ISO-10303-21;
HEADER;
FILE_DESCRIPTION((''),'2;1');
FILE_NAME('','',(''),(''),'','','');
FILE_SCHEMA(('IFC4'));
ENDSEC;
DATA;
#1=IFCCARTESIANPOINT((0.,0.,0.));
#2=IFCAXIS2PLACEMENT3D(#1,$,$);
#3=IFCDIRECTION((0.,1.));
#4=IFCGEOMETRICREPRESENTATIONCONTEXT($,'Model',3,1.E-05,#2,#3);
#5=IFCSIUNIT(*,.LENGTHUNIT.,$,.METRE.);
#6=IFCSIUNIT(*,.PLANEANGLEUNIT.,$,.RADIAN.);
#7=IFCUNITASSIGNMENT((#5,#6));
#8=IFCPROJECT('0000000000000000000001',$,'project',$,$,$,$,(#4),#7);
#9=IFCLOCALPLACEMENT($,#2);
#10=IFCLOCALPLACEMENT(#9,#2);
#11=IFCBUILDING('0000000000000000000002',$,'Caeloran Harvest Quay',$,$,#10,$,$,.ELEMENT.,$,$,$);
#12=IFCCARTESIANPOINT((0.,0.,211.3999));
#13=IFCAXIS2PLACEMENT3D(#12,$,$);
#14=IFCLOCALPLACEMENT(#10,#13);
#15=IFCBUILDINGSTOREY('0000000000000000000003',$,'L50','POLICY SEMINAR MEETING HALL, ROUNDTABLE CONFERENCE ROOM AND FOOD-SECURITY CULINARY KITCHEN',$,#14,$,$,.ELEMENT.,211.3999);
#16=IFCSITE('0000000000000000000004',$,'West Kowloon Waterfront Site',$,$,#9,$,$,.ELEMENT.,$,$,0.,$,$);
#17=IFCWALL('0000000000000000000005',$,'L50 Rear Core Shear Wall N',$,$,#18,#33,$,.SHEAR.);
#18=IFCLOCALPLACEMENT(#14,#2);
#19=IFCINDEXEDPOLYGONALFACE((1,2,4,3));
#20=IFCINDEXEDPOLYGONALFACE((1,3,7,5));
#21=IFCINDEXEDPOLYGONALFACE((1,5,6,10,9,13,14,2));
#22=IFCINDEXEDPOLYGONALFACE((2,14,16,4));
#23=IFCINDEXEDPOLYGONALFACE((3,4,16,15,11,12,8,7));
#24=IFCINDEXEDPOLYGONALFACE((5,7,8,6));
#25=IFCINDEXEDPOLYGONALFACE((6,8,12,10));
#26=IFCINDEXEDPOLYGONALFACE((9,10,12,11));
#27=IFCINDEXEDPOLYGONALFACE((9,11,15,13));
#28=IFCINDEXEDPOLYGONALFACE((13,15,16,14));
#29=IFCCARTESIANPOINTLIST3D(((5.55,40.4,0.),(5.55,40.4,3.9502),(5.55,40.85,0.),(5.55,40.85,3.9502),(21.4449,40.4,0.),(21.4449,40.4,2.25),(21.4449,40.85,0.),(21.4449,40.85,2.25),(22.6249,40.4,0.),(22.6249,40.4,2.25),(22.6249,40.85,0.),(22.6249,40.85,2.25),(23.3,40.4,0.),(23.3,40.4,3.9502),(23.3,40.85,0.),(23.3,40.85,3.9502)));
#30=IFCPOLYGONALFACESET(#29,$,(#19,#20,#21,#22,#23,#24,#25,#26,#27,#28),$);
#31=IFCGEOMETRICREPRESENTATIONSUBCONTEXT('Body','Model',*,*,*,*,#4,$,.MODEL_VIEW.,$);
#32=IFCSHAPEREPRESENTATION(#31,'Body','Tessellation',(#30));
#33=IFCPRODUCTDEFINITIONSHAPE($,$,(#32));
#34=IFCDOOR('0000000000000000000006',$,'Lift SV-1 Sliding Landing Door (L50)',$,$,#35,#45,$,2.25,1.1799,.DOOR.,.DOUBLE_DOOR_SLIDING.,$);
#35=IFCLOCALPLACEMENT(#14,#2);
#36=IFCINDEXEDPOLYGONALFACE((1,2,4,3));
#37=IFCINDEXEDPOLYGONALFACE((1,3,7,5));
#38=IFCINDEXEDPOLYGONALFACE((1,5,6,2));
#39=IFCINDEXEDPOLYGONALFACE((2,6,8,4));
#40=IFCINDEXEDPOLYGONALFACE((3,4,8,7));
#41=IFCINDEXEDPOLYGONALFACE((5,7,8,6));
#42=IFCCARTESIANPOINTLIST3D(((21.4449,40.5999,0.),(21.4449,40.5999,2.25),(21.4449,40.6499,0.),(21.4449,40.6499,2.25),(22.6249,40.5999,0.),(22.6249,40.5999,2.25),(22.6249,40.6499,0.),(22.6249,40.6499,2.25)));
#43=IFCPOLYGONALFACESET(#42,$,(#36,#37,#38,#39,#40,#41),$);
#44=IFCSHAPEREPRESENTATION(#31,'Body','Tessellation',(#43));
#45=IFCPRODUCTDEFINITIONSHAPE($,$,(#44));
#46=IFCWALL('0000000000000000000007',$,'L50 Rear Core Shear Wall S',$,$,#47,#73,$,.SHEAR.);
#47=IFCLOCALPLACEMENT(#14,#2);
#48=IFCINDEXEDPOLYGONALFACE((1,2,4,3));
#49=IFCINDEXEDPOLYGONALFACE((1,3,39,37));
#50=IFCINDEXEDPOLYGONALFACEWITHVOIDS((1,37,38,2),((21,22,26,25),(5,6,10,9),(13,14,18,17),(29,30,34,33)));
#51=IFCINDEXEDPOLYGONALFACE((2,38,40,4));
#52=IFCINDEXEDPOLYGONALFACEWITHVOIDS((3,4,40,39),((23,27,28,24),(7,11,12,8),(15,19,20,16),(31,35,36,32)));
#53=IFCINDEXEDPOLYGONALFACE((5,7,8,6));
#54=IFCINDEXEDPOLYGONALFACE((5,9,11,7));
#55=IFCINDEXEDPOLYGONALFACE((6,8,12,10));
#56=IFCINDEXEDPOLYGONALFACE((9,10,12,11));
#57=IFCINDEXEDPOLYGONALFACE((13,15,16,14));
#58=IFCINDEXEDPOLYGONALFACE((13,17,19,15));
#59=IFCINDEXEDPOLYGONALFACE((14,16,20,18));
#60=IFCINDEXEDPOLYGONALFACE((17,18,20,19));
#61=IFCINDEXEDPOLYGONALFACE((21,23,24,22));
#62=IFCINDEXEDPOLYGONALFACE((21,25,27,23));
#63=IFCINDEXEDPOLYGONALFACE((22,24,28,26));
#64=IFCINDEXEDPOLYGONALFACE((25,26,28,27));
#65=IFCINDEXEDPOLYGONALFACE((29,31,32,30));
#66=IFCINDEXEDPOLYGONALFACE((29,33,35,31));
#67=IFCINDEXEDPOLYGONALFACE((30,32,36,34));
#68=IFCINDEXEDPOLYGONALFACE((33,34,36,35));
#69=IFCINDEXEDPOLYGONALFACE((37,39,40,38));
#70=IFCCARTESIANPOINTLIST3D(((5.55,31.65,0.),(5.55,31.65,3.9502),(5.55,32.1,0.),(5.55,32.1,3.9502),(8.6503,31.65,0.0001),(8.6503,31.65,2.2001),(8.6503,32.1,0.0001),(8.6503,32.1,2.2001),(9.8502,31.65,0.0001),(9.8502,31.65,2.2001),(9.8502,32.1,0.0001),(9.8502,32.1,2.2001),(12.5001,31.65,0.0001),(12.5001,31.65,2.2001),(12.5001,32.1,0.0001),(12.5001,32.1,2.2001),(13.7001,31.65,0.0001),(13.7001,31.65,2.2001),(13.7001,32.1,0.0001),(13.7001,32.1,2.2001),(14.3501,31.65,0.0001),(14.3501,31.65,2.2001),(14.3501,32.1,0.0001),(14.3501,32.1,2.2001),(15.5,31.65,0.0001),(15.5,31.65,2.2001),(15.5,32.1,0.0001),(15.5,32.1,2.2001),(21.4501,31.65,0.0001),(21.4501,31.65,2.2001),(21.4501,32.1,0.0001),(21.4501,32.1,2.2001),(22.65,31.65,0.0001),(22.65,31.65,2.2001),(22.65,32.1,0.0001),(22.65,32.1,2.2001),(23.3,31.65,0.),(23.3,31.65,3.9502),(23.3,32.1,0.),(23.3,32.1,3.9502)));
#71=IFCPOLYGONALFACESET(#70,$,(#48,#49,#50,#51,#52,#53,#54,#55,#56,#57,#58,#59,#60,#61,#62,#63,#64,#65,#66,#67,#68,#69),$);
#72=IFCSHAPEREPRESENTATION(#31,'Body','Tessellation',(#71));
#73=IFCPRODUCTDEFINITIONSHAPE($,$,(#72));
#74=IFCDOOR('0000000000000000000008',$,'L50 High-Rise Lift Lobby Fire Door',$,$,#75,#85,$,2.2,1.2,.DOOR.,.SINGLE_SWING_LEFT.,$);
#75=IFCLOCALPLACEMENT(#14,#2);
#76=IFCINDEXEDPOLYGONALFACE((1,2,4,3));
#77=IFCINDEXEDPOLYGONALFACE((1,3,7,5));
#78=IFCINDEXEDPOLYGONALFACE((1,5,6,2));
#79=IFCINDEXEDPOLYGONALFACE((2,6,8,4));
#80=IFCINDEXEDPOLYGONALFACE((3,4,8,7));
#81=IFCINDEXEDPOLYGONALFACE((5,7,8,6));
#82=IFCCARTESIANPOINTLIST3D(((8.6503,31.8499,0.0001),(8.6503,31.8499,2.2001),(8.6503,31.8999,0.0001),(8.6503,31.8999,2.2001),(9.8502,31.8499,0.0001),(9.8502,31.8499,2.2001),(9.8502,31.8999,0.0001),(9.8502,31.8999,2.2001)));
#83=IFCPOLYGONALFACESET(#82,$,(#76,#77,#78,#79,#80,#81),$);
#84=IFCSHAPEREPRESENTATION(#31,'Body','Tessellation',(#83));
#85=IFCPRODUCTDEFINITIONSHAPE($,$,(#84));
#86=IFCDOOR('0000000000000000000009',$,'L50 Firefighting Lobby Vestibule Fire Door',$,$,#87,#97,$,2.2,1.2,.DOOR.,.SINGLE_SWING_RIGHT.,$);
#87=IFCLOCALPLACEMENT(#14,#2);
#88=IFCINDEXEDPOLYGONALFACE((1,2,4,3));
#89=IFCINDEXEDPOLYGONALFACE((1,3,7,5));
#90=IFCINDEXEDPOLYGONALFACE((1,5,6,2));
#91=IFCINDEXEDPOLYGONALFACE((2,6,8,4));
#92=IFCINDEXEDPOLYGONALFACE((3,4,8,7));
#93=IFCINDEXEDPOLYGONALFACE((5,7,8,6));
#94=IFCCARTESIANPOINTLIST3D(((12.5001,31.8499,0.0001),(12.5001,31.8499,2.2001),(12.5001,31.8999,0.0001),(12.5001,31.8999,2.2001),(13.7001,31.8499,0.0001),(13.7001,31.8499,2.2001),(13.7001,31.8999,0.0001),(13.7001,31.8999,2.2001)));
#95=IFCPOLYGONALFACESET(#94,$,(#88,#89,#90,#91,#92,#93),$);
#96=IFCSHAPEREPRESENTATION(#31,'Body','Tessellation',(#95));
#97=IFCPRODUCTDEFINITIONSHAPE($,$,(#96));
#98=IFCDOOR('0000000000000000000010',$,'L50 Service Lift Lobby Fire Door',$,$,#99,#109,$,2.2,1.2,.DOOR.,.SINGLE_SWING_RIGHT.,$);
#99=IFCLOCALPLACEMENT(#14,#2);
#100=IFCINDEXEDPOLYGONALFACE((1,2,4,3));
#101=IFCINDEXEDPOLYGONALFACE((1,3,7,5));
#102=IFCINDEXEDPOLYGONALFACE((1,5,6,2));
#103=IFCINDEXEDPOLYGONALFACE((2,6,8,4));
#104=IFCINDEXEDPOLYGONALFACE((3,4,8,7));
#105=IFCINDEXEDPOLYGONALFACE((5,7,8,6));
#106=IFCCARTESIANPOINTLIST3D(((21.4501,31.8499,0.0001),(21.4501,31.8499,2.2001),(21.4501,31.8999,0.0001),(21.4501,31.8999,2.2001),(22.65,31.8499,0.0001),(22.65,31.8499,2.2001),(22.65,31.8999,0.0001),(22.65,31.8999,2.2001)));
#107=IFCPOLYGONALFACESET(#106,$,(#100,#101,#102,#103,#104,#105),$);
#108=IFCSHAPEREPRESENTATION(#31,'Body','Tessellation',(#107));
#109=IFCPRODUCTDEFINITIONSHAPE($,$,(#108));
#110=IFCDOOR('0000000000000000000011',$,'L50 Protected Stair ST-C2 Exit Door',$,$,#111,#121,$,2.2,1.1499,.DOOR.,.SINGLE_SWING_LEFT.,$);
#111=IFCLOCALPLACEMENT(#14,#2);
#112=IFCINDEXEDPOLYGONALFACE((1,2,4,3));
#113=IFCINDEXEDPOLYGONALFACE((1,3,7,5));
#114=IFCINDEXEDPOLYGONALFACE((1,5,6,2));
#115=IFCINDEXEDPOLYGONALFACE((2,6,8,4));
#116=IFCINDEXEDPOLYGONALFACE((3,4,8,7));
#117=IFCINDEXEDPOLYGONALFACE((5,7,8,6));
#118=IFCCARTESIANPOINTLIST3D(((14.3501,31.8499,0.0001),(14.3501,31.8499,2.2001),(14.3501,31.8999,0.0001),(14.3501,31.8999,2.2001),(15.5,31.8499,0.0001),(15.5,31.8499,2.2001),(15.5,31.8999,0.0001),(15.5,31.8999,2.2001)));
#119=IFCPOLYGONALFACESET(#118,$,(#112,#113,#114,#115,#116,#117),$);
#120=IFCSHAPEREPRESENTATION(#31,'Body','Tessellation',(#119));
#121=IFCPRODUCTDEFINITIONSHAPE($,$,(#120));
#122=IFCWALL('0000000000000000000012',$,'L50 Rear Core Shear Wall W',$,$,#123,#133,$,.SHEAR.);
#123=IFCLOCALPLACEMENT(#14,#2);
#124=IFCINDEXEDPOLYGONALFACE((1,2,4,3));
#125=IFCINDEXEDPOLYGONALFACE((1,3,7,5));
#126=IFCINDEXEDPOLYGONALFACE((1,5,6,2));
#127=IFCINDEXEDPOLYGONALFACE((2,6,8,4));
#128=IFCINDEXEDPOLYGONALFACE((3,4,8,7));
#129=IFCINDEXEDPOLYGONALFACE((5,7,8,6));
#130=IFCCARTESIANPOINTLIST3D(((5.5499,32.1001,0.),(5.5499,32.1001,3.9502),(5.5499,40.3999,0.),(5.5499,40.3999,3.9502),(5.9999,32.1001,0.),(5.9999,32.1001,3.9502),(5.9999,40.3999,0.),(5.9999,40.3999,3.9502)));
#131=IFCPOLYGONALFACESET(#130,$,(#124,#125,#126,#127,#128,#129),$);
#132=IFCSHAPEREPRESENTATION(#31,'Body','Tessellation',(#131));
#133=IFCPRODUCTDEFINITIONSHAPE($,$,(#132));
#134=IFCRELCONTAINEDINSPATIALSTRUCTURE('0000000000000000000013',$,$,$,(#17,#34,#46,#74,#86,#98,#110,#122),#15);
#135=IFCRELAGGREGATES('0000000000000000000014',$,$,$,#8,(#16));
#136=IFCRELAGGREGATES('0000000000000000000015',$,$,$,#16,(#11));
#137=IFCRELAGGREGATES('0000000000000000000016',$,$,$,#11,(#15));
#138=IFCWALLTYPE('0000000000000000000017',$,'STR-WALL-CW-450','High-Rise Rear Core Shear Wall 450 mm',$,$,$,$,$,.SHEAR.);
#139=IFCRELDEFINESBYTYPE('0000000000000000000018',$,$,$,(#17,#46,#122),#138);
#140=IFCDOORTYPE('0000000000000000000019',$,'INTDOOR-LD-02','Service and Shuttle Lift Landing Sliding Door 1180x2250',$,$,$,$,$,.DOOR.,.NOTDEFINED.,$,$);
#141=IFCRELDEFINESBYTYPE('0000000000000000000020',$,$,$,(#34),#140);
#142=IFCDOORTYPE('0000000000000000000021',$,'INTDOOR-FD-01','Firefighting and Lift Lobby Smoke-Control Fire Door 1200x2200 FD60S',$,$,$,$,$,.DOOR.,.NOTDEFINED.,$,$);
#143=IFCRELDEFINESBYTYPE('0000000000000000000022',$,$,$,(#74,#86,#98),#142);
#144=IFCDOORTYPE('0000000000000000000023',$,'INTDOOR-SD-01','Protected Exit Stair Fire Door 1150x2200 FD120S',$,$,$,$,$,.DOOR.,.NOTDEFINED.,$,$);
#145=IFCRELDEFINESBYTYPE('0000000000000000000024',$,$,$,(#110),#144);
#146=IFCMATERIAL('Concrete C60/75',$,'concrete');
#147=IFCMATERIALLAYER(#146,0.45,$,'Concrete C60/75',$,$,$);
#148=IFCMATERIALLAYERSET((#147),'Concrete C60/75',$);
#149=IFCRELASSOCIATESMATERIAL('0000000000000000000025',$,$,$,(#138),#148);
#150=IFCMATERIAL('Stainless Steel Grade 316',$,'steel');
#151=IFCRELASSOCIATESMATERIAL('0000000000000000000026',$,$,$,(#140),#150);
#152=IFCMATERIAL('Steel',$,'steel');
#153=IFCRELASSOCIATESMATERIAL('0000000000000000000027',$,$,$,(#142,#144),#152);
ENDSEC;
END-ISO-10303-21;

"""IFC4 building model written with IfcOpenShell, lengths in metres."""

from ifc_helpers import new_model, si_unit, direction, frame, frame_2d, origin, place, context, subcontext, project, spatial, rectangle, extrude, material, layer, layer_set, type_object, element, fill, save


model = new_model("IFC4")

# Units and contexts
model_context = context("Model", 3, precision=1e-05, world=origin(), true_north=direction((0.0, 1.0)))
body_context = subcontext(model_context, "Body", "Model", "MODEL_VIEW")
ifc_project = project(units=[si_unit("LENGTHUNIT", "METRE"), si_unit("PLANEANGLEUNIT", "RADIAN")], contexts=[model_context])

# Site, building, storey
site_placement = place(None, origin())
site = spatial("IfcSite", under=ifc_project, at=site_placement, Name="West Kowloon Waterfront Site", CompositionType="ELEMENT", RefElevation=0.0)
building_placement = place(site_placement, origin())
building = spatial("IfcBuilding", under=site, at=building_placement, Name="Caeloran Harvest Quay", CompositionType="ELEMENT")
storey_placement = place(building_placement, frame((0.0, 0.0, 211.3999)))
storey = spatial("IfcBuildingStorey", under=building, at=storey_placement, Name="L50", Description="POLICY SEMINAR MEETING HALL, ROUNDTABLE CONFERENCE ROOM AND FOOD-SECURITY CULINARY KITCHEN", CompositionType="ELEMENT", Elevation=211.3999)

# Shared definitions
ifc_material_1 = material(Name="Concrete C60/75", Category="concrete")

# Shared definitions
ifc_material_2 = material(Name="Stainless Steel Grade 316", Category="steel")

# Wall, opening, door
ifc_layer_1 = layer(ifc_material_1, 0.45, Name="Concrete C60/75")
ifc_layer_set_1 = layer_set([ifc_layer_1], Name="Concrete C60/75")
wall_type_1 = type_object("IfcWallType", Name="STR-WALL-CW-450", Description="High-Rise Rear Core Shear Wall 450 mm", PredefinedType="SHEAR", material=ifc_layer_set_1)
wall_1_placement = place(storey_placement, frame((5.55, 40.625, 0.0), z_axis=(0.0, 0.0, 1.0), x_axis=(1.0, 0.0, 0.0)))
wall_1 = element("IfcWall", 1, at=wall_1_placement, inside=storey, type_object=wall_type_1, Name="L50 Rear Core Shear Wall N", PredefinedType="SHEAR", context=body_context, shape_type="SweptSolid", body=[
    extrude(rectangle(XDim=17.75, YDim=0.45, at=frame_2d((8.875, 0.0))), origin(), (0.0, 0.0, 1.0), 3.9502),
])
opening_1_placement = place(wall_1_placement, frame((15.895, 0.0, 0.0)))
opening_1 = element("IfcOpeningElement", 2, at=opening_1_placement, cuts=wall_1, PredefinedType="OPENING", context=body_context, shape_type="SweptSolid", body=[
    extrude(rectangle(XDim=1.1799, YDim=2.25, at=frame_2d((0.5898, 1.125))), frame((0.0, 0.2349, 0.0), z_axis=(0.0, -1.0, 0.0), x_axis=(1.0, 0.0, 0.0)), (0.0, 0.0, 1.0), 0.47),
])
door_type_1 = type_object("IfcDoorType", Name="INTDOOR-LD-02", Description="Service and Shuttle Lift Landing Sliding Door 1180x2250", OperationType="NOTDEFINED", PredefinedType="DOOR", material=ifc_material_2)
door_1_placement = place(opening_1_placement, origin())
door_1 = element("IfcDoor", 3, at=door_1_placement, inside=storey, type_object=door_type_1, Name="Lift SV-1 Sliding Landing Door (L50)", OperationType="DOUBLE_DOOR_SLIDING", OverallHeight=2.25, OverallWidth=1.1799, PredefinedType="DOOR", context=body_context, shape_type="SweptSolid", body=[
    extrude(rectangle(XDim=1.1799, YDim=2.25, at=frame_2d((0.5898, 1.125))), frame((0.0, 0.0249, 0.0), z_axis=(0.0, -1.0, 0.0), x_axis=(1.0, 0.0, 0.0)), (0.0, 0.0, 1.0), 0.05),
])
fill(opening_1, door_1)

# Wall, openings, doors
wall_2_placement = place(storey_placement, frame((5.55, 31.875, 0.0), z_axis=(0.0, 0.0, 1.0), x_axis=(1.0, 0.0, 0.0)))
wall_2 = element("IfcWall", 4, at=wall_2_placement, inside=storey, type_object=wall_type_1, Name="L50 Rear Core Shear Wall S", PredefinedType="SHEAR", context=body_context, shape_type="SweptSolid", body=[
    extrude(rectangle(XDim=17.75, YDim=0.45, at=frame_2d((8.875, 0.0))), origin(), (0.0, 0.0, 1.0), 3.9502),
])
opening_2_placement = place(wall_2_placement, frame((3.1001, 0.0, 0.0)))
opening_2 = element("IfcOpeningElement", 5, at=opening_2_placement, cuts=wall_2, PredefinedType="OPENING", context=body_context, shape_type="SweptSolid", body=[
    extrude(rectangle(XDim=1.2, YDim=2.2, at=frame_2d((0.6001, 1.1001))), frame((0.0, 0.2349, 0.0), z_axis=(0.0, -1.0, 0.0), x_axis=(1.0, 0.0, 0.0)), (0.0, 0.0, 1.0), 0.47),
])
opening_3_placement = place(wall_2_placement, frame((6.95, 0.0, 0.0)))
opening_3 = element("IfcOpeningElement", 6, at=opening_3_placement, cuts=wall_2, PredefinedType="OPENING", context=body_context, shape_type="SweptSolid", body=[
    extrude(rectangle(XDim=1.2, YDim=2.2, at=frame_2d((0.6001, 1.1001))), frame((0.0, 0.2349, 0.0), z_axis=(0.0, -1.0, 0.0), x_axis=(1.0, 0.0, 0.0)), (0.0, 0.0, 1.0), 0.47),
])
opening_4_placement = place(wall_2_placement, frame((8.8, 0.0, 0.0)))
opening_4 = element("IfcOpeningElement", 7, at=opening_4_placement, cuts=wall_2, PredefinedType="OPENING", context=body_context, shape_type="SweptSolid", body=[
    extrude(rectangle(XDim=1.1499, YDim=2.2, at=frame_2d((0.575, 1.1001))), frame((0.0, 0.2349, 0.0), z_axis=(0.0, -1.0, 0.0), x_axis=(1.0, 0.0, 0.0)), (0.0, 0.0, 1.0), 0.47),
])
opening_5_placement = place(wall_2_placement, frame((15.8999, 0.0, 0.0)))
opening_5 = element("IfcOpeningElement", 8, at=opening_5_placement, cuts=wall_2, PredefinedType="OPENING", context=body_context, shape_type="SweptSolid", body=[
    extrude(rectangle(XDim=1.2, YDim=2.2, at=frame_2d((0.6001, 1.1001))), frame((0.0, 0.2349, 0.0), z_axis=(0.0, -1.0, 0.0), x_axis=(1.0, 0.0, 0.0)), (0.0, 0.0, 1.0), 0.47),
])
ifc_material_3 = material(Name="Steel", Category="steel")
door_type_2 = type_object("IfcDoorType", Name="INTDOOR-FD-01", Description="Firefighting and Lift Lobby Smoke-Control Fire Door 1200x2200 FD60S", OperationType="NOTDEFINED", PredefinedType="DOOR", material=ifc_material_3)
door_2_placement = place(opening_2_placement, origin())
door_2 = element("IfcDoor", 9, at=door_2_placement, inside=storey, type_object=door_type_2, Name="L50 High-Rise Lift Lobby Fire Door", OperationType="SINGLE_SWING_LEFT", OverallHeight=2.2, OverallWidth=1.2, PredefinedType="DOOR", context=body_context, shape_type="SweptSolid", body=[
    extrude(rectangle(XDim=1.2, YDim=2.2, at=frame_2d((0.6001, 1.1001))), frame((0.0, 0.0249, 0.0), z_axis=(0.0, -1.0, 0.0), x_axis=(1.0, 0.0, 0.0)), (0.0, 0.0, 1.0), 0.05),
])
fill(opening_2, door_2)
door_3_placement = place(opening_3_placement, origin())
door_3 = element("IfcDoor", 10, at=door_3_placement, inside=storey, type_object=door_type_2, Name="L50 Firefighting Lobby Vestibule Fire Door", OperationType="SINGLE_SWING_RIGHT", OverallHeight=2.2, OverallWidth=1.2, PredefinedType="DOOR", context=body_context, shape_type="SweptSolid", body=[
    extrude(rectangle(XDim=1.2, YDim=2.2, at=frame_2d((0.6001, 1.1001))), frame((0.0, 0.0249, 0.0), z_axis=(0.0, -1.0, 0.0), x_axis=(1.0, 0.0, 0.0)), (0.0, 0.0, 1.0), 0.05),
])
fill(opening_3, door_3)
door_4_placement = place(opening_5_placement, origin())
door_4 = element("IfcDoor", 11, at=door_4_placement, inside=storey, type_object=door_type_2, Name="L50 Service Lift Lobby Fire Door", OperationType="SINGLE_SWING_RIGHT", OverallHeight=2.2, OverallWidth=1.2, PredefinedType="DOOR", context=body_context, shape_type="SweptSolid", body=[
    extrude(rectangle(XDim=1.2, YDim=2.2, at=frame_2d((0.6001, 1.1001))), frame((0.0, 0.0249, 0.0), z_axis=(0.0, -1.0, 0.0), x_axis=(1.0, 0.0, 0.0)), (0.0, 0.0, 1.0), 0.05),
])
fill(opening_5, door_4)
door_type_3 = type_object("IfcDoorType", Name="INTDOOR-SD-01", Description="Protected Exit Stair Fire Door 1150x2200 FD120S", OperationType="NOTDEFINED", PredefinedType="DOOR", material=ifc_material_3)
door_5_placement = place(opening_4_placement, origin())
door_5 = element("IfcDoor", 12, at=door_5_placement, inside=storey, type_object=door_type_3, Name="L50 Protected Stair ST-C2 Exit Door", OperationType="SINGLE_SWING_LEFT", OverallHeight=2.2, OverallWidth=1.1499, PredefinedType="DOOR", context=body_context, shape_type="SweptSolid", body=[
    extrude(rectangle(XDim=1.1499, YDim=2.2, at=frame_2d((0.575, 1.1001))), frame((0.0, 0.0249, 0.0), z_axis=(0.0, -1.0, 0.0), x_axis=(1.0, 0.0, 0.0)), (0.0, 0.0, 1.0), 0.05),
])
fill(opening_4, door_5)

# Wall
wall_3_placement = place(storey_placement, frame((5.7749, 32.1001, 0.0), z_axis=(0.0, 0.0, 1.0), x_axis=(0.0, 1.0, 0.0)))
element("IfcWall", 13, at=wall_3_placement, inside=storey, type_object=wall_type_1, Name="L50 Rear Core Shear Wall W", PredefinedType="SHEAR", context=body_context, shape_type="SweptSolid", body=[
    extrude(rectangle(XDim=8.2998, YDim=0.45, at=frame_2d((4.1499, 0.0))), origin(), (0.0, 0.0, 1.0), 3.9502),
])

save(model, "model.ifc")
